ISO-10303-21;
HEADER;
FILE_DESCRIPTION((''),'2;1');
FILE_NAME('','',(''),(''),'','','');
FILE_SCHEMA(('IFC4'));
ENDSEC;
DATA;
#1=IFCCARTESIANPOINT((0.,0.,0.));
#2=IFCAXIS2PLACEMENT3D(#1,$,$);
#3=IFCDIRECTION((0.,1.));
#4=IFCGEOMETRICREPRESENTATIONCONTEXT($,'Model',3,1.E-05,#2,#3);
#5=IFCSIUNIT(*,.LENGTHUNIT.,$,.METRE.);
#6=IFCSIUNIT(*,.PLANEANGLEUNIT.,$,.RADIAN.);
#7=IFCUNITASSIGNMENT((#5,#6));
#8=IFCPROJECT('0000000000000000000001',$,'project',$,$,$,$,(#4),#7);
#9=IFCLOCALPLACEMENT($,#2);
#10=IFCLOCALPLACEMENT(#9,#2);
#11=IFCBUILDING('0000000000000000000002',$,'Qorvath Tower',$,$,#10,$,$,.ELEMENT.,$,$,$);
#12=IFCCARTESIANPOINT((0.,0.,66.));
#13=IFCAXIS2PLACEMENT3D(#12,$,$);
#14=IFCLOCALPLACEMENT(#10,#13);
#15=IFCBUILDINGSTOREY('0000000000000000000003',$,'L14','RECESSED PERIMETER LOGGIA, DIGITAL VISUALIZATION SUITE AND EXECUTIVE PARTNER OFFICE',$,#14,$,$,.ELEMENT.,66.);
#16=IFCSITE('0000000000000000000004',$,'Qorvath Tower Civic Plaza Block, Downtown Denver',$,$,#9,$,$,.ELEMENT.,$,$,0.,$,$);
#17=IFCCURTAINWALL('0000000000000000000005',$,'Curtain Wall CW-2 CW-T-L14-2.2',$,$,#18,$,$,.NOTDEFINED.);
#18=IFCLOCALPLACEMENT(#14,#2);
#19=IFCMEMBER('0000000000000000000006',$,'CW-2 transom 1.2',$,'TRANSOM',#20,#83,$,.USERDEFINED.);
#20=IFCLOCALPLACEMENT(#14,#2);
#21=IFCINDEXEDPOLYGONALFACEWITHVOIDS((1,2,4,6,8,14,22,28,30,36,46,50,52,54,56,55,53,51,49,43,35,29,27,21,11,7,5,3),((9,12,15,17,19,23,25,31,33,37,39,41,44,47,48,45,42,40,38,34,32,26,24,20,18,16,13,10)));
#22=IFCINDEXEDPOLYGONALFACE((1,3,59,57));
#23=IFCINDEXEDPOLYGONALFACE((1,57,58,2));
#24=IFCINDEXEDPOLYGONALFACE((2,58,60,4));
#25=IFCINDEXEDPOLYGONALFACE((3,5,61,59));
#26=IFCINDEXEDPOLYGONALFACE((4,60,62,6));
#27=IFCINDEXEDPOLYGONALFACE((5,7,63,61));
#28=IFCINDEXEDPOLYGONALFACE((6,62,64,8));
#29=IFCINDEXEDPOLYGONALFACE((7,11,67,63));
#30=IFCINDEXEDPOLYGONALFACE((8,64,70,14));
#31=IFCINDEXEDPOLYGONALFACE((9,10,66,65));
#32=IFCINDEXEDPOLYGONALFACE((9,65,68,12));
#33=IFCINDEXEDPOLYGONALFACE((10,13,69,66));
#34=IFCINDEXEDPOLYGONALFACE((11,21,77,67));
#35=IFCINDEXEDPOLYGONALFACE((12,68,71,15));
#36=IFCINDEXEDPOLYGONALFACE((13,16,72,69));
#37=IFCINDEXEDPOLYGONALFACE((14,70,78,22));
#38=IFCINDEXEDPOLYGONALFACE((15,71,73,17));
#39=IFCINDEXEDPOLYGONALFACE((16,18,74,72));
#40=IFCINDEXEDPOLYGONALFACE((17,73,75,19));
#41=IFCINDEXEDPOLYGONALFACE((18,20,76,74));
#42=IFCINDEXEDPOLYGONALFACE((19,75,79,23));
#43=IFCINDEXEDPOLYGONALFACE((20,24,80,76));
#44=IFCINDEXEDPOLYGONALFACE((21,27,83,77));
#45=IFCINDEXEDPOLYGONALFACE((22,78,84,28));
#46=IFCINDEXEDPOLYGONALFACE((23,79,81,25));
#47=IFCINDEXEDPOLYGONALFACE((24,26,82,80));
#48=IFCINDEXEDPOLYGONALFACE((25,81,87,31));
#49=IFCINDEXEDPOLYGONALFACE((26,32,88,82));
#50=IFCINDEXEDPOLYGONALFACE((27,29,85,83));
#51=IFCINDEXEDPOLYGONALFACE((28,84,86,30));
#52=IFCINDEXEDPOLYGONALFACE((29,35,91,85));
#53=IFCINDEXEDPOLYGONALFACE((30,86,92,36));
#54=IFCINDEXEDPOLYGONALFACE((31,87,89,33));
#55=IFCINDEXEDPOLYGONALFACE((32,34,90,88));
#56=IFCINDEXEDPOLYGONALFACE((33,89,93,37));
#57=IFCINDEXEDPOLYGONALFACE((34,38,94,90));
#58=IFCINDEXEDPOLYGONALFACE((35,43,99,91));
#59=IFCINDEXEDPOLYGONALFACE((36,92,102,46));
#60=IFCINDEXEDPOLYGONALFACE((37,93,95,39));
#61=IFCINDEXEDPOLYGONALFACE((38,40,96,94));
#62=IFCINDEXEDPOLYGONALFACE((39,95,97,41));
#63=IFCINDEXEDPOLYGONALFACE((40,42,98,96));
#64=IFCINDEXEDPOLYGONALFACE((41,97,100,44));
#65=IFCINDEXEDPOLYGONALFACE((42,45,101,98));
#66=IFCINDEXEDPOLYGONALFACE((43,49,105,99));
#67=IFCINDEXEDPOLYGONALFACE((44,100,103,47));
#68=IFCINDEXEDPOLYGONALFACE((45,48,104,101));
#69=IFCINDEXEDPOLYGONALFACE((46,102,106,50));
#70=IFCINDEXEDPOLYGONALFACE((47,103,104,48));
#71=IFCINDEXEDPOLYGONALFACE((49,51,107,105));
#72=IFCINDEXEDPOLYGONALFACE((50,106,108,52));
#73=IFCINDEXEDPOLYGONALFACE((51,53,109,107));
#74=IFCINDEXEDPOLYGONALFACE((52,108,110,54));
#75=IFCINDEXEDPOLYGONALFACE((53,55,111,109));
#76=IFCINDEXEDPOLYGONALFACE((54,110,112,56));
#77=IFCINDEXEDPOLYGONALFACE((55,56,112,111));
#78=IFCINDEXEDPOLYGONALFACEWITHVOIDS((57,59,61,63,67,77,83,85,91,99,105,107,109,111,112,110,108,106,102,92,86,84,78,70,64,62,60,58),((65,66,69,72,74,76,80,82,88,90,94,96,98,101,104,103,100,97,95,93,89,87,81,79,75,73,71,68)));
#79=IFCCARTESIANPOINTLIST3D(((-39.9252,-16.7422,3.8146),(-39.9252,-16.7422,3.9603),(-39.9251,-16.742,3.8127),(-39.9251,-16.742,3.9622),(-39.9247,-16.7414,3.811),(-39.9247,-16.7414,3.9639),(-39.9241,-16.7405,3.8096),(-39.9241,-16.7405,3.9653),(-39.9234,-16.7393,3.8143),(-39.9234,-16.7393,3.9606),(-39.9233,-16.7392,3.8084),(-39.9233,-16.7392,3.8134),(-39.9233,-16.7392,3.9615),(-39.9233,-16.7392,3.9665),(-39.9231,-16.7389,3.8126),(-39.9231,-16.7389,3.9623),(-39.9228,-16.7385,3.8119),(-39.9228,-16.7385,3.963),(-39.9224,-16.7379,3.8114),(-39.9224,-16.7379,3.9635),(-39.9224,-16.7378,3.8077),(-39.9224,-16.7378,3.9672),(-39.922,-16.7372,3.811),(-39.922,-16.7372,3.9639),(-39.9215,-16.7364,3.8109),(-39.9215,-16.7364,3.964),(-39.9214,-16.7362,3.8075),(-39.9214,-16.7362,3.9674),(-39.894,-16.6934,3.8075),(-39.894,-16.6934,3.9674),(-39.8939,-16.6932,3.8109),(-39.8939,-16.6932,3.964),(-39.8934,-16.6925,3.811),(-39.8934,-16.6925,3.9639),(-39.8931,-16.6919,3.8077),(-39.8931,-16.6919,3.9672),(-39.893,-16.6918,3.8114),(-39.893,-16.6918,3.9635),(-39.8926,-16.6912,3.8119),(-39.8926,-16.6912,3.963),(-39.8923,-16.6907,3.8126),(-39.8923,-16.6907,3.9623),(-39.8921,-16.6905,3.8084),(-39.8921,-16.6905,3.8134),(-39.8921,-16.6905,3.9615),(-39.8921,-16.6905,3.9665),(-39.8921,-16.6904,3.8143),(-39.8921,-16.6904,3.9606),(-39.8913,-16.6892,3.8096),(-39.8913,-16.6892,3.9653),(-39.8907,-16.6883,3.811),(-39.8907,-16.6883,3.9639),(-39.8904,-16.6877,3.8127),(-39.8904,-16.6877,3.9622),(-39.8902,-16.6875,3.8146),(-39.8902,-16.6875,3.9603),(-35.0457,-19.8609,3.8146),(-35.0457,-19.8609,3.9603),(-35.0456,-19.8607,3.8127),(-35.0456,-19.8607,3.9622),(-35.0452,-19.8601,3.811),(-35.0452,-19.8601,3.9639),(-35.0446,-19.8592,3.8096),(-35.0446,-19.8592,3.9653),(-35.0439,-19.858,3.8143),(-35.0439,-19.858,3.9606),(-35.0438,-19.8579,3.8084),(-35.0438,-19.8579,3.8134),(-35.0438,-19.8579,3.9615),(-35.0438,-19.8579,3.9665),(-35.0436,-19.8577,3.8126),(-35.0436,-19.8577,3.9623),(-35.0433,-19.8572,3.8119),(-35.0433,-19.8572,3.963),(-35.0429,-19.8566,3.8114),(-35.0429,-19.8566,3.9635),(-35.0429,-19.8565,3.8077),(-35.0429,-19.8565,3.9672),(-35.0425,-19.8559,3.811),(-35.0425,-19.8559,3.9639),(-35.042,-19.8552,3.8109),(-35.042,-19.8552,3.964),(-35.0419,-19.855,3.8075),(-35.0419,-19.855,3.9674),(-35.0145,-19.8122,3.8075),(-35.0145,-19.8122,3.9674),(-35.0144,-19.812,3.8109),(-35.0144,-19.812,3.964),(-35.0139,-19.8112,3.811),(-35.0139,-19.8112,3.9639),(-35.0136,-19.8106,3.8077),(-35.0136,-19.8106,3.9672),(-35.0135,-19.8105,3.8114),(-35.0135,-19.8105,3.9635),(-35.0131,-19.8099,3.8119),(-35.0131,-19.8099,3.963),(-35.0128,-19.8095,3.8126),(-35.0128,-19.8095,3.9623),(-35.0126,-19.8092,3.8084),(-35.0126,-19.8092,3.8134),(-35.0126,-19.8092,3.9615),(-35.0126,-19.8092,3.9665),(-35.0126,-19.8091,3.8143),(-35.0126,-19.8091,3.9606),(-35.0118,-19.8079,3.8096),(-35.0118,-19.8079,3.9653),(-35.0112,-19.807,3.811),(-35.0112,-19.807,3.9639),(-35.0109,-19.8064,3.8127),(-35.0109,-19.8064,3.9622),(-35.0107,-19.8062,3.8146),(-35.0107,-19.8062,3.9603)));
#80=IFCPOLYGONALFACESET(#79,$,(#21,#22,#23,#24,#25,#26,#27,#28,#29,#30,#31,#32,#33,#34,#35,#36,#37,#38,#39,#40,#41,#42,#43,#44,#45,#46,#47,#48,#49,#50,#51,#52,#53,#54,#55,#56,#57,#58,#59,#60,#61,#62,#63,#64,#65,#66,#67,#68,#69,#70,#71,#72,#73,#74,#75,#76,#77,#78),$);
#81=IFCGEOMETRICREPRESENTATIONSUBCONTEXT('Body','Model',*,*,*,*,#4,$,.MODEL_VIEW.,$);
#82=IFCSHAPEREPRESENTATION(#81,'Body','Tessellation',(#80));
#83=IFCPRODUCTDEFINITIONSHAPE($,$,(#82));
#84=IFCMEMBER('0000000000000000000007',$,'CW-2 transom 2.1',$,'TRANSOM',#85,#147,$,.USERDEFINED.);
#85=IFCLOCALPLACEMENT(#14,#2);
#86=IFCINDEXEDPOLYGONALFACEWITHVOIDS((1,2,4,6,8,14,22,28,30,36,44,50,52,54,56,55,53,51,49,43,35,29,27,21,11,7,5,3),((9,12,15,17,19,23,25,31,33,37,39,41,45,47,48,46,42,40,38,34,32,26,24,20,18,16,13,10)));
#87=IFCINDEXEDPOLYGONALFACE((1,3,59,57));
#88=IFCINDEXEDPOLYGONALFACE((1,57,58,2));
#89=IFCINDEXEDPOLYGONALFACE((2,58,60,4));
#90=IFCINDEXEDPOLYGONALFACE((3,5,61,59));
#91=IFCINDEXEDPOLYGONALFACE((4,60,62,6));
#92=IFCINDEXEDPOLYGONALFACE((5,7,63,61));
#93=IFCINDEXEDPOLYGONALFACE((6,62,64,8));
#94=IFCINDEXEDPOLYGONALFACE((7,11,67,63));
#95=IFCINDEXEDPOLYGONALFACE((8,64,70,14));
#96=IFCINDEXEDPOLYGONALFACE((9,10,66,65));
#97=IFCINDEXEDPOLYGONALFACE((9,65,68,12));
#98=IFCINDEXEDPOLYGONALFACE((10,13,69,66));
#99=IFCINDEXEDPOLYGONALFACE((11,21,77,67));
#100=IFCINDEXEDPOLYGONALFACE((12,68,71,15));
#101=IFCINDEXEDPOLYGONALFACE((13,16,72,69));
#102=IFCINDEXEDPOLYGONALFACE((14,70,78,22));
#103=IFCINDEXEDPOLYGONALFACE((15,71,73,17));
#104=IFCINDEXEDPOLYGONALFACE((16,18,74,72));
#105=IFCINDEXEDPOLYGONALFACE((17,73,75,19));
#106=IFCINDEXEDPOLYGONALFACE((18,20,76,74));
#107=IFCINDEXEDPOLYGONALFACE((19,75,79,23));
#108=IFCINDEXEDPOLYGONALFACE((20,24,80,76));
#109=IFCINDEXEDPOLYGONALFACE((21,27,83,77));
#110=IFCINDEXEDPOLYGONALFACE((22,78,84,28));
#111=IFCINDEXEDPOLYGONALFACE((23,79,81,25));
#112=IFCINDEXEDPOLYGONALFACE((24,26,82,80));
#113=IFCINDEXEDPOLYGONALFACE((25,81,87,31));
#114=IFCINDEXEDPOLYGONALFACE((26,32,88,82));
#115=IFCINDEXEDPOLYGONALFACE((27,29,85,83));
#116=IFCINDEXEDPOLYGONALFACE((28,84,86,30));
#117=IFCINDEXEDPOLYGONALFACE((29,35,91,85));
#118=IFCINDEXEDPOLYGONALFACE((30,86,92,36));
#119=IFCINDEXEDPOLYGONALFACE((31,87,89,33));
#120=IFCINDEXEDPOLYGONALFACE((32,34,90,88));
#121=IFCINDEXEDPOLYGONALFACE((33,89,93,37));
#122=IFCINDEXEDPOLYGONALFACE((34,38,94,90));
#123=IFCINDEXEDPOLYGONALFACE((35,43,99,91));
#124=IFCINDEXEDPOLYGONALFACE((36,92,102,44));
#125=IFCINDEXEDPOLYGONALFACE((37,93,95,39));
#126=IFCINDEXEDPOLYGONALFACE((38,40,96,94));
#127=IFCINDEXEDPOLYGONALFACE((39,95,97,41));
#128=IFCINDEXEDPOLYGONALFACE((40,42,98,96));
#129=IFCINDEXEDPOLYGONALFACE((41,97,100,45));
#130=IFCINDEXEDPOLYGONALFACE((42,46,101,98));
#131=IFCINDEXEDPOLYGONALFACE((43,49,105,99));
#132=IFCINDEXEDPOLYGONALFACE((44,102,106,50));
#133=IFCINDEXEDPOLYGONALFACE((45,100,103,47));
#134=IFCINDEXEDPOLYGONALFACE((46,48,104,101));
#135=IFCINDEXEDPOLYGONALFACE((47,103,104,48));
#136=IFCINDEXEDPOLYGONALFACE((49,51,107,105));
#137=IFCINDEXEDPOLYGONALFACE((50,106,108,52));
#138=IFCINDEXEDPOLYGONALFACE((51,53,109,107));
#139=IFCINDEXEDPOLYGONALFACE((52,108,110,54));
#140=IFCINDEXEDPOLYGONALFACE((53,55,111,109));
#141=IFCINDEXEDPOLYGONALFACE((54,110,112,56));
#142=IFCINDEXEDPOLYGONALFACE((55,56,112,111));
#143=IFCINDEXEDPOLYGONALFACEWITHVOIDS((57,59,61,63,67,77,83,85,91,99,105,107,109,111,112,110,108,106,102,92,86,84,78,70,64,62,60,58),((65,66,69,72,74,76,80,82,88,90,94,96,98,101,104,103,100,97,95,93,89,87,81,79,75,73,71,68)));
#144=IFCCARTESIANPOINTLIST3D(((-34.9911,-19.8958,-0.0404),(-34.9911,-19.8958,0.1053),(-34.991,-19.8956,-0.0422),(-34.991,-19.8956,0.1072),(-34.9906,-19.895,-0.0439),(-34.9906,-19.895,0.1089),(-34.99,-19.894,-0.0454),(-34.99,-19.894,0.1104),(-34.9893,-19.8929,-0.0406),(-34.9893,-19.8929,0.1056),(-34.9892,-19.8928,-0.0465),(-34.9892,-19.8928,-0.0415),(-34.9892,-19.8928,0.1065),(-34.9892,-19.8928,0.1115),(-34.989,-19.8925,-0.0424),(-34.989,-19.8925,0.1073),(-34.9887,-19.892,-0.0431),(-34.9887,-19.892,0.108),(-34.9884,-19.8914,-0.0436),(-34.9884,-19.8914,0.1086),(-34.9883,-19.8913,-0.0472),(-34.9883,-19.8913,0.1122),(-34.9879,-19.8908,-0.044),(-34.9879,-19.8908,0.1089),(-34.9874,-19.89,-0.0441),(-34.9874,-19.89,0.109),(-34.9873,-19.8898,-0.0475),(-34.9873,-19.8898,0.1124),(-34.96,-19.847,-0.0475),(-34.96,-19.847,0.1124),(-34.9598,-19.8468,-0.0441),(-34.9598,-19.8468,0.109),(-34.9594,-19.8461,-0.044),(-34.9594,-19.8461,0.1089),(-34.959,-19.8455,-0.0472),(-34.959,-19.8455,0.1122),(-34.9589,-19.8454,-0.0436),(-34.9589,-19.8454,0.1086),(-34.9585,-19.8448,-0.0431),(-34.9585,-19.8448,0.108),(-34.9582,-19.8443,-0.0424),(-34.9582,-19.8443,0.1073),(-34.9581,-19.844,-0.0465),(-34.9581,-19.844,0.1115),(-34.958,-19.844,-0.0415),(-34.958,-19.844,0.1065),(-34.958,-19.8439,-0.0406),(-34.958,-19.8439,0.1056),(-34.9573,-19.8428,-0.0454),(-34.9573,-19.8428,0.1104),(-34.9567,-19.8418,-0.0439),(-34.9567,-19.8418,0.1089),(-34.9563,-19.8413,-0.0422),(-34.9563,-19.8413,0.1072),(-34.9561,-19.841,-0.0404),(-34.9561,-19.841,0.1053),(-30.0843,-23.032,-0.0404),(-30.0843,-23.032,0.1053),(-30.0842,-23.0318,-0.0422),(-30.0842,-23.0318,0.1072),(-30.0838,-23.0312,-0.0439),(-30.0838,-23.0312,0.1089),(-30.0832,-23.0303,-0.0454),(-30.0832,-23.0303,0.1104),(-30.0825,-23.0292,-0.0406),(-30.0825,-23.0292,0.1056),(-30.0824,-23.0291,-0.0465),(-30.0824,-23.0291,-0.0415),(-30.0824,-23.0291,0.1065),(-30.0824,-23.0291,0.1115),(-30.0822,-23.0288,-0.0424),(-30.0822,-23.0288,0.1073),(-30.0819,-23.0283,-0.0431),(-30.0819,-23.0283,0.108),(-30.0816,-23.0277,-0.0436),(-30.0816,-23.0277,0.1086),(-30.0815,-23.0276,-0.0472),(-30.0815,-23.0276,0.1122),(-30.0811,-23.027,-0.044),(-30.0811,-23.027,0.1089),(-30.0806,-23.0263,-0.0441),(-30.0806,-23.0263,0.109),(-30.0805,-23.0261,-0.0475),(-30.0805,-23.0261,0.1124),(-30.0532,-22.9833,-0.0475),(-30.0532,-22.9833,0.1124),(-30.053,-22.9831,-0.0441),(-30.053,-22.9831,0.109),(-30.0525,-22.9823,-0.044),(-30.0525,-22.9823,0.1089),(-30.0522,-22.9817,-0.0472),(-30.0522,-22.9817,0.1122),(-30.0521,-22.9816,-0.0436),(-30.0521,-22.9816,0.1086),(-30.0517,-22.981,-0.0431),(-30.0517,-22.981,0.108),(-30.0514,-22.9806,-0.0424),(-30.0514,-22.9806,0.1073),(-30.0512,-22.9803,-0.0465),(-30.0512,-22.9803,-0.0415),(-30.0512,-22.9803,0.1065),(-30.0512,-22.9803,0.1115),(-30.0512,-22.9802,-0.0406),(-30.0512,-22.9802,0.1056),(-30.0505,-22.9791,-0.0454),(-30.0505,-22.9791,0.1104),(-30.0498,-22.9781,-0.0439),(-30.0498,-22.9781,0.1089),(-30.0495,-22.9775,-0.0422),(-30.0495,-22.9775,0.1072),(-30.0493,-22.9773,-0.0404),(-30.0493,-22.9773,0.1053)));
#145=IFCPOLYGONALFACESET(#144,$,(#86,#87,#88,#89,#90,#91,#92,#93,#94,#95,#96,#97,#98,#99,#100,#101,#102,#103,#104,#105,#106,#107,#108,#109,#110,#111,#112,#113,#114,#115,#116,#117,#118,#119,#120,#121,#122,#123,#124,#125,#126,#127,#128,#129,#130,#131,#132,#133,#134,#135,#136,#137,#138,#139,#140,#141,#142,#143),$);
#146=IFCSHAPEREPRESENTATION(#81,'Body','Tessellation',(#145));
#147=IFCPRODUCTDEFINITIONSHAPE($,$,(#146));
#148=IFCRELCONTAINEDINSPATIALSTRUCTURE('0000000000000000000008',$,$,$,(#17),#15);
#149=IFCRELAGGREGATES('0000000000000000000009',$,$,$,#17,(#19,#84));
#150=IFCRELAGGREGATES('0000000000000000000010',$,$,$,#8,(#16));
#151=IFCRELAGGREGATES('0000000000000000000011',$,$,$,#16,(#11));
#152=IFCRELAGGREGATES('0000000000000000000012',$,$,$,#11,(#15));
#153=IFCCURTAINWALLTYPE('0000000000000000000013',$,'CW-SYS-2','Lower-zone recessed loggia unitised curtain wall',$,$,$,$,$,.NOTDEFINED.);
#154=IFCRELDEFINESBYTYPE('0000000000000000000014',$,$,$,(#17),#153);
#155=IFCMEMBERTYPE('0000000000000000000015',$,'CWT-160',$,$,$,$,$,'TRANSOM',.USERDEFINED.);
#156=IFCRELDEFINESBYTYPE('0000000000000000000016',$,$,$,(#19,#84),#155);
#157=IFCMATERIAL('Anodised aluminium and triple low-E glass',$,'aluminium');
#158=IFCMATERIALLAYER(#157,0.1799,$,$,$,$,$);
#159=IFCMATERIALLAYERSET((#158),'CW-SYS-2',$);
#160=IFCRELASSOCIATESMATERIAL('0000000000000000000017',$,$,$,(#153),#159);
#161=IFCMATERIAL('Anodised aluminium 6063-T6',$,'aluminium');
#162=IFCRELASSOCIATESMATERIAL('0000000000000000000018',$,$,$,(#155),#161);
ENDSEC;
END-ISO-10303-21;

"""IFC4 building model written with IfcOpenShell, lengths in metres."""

from ifc_helpers import new_model, si_unit, direction, frame, origin, origin_2d, place, context, subcontext, project, spatial, hollow_rectangle, extrude, material, layer, layer_set, material_profile, profile_set, type_object, element, aggregate, save


model = new_model("IFC4")

# Units and contexts
model_context = context("Model", 3, precision=1e-05, world=origin(), true_north=direction((0.0, 1.0)))
body_context = subcontext(model_context, "Body", "Model", "MODEL_VIEW")
ifc_project = project(units=[si_unit("LENGTHUNIT", "METRE"), si_unit("PLANEANGLEUNIT", "RADIAN")], contexts=[model_context])

# Site, building, storey
site_placement = place(None, origin())
site = spatial("IfcSite", under=ifc_project, at=site_placement, Name="Qorvath Tower Civic Plaza Block, Downtown Denver", CompositionType="ELEMENT", RefElevation=0.0)
building_placement = place(site_placement, origin())
building = spatial("IfcBuilding", under=site, at=building_placement, Name="Qorvath Tower", CompositionType="ELEMENT")
storey_placement = place(building_placement, frame((0.0, 0.0, 66.0)))
storey = spatial("IfcBuildingStorey", under=building, at=storey_placement, Name="L14", Description="RECESSED PERIMETER LOGGIA, DIGITAL VISUALIZATION SUITE AND EXECUTIVE PARTNER OFFICE", CompositionType="ELEMENT", Elevation=66.0)

# Shared definitions
ifc_material_1 = material(Name="Anodised aluminium and triple low-E glass", Category="aluminium")
ifc_layer_1 = layer(ifc_material_1, 0.1799)
ifc_layer_set_1 = layer_set([ifc_layer_1], Name="CW-SYS-2")
curtain_wall_type = type_object("IfcCurtainWallType", Name="CW-SYS-2", Description="Lower-zone recessed loggia unitised curtain wall", PredefinedType="NOTDEFINED", material=ifc_layer_set_1)

# Curtain wall, members
curtain_wall_1_placement = place(storey_placement, origin())
curtain_wall_1 = element("IfcCurtainWall", 1, at=curtain_wall_1_placement, inside=storey, type_object=curtain_wall_type, Name="Curtain Wall CW-2 CW-T-L14-2.2", PredefinedType="NOTDEFINED")
ifc_material_2 = material(Name="Anodised aluminium 6063-T6", Category="aluminium")
ifc_material_profile_1 = material_profile(ifc_material_2, hollow_rectangle(XDim=0.0649, YDim=0.1599, WallThickness=0.0034, InnerFilletRadius=0.0034, OuterFilletRadius=0.0071, at=origin_2d()), Name="CWT 160x65")
ifc_profile_set_1 = profile_set([ifc_material_profile_1], Name="Anodised aluminium 6063-T6")
member_type_1 = type_object("IfcMemberType", Name="CWT-160", ElementType="TRANSOM", PredefinedType="USERDEFINED", material=ifc_profile_set_1)
member_1_placement = place(storey_placement, frame((-39.9077, -16.7148, 3.8875), z_axis=(0.842597, -0.538544, 0.0), x_axis=(0.538544, 0.842597, 0.0)))
member_1 = element("IfcMember", 2, at=member_1_placement, type_object=member_type_1, Name="CW-2 transom 1.2", ObjectType="TRANSOM", PredefinedType="USERDEFINED", context=body_context, shape_type="SweptSolid", body=[
    extrude(hollow_rectangle(XDim=0.0649, YDim=0.1599, WallThickness=0.0034, InnerFilletRadius=0.0034, OuterFilletRadius=0.0071, at=origin_2d()), origin(), (0.0, 0.0, 1.0), 5.791),
])
member_2_placement = place(storey_placement, frame((-34.9736, -19.8684, 0.0325), z_axis=(0.84259, -0.538556, 0.0), x_axis=(0.538556, 0.84259, 0.0)))
member_2 = element("IfcMember", 3, at=member_2_placement, type_object=member_type_1, Name="CW-2 transom 2.1", ObjectType="TRANSOM", PredefinedType="USERDEFINED", context=body_context, shape_type="SweptSolid", body=[
    extrude(hollow_rectangle(XDim=0.0649, YDim=0.1599, WallThickness=0.0034, InnerFilletRadius=0.0034, OuterFilletRadius=0.0071, at=origin_2d()), origin(), (0.0, 0.0, 1.0), 5.8235),
])
aggregate(curtain_wall_1, [member_1, member_2])

save(model, "model.ifc")
